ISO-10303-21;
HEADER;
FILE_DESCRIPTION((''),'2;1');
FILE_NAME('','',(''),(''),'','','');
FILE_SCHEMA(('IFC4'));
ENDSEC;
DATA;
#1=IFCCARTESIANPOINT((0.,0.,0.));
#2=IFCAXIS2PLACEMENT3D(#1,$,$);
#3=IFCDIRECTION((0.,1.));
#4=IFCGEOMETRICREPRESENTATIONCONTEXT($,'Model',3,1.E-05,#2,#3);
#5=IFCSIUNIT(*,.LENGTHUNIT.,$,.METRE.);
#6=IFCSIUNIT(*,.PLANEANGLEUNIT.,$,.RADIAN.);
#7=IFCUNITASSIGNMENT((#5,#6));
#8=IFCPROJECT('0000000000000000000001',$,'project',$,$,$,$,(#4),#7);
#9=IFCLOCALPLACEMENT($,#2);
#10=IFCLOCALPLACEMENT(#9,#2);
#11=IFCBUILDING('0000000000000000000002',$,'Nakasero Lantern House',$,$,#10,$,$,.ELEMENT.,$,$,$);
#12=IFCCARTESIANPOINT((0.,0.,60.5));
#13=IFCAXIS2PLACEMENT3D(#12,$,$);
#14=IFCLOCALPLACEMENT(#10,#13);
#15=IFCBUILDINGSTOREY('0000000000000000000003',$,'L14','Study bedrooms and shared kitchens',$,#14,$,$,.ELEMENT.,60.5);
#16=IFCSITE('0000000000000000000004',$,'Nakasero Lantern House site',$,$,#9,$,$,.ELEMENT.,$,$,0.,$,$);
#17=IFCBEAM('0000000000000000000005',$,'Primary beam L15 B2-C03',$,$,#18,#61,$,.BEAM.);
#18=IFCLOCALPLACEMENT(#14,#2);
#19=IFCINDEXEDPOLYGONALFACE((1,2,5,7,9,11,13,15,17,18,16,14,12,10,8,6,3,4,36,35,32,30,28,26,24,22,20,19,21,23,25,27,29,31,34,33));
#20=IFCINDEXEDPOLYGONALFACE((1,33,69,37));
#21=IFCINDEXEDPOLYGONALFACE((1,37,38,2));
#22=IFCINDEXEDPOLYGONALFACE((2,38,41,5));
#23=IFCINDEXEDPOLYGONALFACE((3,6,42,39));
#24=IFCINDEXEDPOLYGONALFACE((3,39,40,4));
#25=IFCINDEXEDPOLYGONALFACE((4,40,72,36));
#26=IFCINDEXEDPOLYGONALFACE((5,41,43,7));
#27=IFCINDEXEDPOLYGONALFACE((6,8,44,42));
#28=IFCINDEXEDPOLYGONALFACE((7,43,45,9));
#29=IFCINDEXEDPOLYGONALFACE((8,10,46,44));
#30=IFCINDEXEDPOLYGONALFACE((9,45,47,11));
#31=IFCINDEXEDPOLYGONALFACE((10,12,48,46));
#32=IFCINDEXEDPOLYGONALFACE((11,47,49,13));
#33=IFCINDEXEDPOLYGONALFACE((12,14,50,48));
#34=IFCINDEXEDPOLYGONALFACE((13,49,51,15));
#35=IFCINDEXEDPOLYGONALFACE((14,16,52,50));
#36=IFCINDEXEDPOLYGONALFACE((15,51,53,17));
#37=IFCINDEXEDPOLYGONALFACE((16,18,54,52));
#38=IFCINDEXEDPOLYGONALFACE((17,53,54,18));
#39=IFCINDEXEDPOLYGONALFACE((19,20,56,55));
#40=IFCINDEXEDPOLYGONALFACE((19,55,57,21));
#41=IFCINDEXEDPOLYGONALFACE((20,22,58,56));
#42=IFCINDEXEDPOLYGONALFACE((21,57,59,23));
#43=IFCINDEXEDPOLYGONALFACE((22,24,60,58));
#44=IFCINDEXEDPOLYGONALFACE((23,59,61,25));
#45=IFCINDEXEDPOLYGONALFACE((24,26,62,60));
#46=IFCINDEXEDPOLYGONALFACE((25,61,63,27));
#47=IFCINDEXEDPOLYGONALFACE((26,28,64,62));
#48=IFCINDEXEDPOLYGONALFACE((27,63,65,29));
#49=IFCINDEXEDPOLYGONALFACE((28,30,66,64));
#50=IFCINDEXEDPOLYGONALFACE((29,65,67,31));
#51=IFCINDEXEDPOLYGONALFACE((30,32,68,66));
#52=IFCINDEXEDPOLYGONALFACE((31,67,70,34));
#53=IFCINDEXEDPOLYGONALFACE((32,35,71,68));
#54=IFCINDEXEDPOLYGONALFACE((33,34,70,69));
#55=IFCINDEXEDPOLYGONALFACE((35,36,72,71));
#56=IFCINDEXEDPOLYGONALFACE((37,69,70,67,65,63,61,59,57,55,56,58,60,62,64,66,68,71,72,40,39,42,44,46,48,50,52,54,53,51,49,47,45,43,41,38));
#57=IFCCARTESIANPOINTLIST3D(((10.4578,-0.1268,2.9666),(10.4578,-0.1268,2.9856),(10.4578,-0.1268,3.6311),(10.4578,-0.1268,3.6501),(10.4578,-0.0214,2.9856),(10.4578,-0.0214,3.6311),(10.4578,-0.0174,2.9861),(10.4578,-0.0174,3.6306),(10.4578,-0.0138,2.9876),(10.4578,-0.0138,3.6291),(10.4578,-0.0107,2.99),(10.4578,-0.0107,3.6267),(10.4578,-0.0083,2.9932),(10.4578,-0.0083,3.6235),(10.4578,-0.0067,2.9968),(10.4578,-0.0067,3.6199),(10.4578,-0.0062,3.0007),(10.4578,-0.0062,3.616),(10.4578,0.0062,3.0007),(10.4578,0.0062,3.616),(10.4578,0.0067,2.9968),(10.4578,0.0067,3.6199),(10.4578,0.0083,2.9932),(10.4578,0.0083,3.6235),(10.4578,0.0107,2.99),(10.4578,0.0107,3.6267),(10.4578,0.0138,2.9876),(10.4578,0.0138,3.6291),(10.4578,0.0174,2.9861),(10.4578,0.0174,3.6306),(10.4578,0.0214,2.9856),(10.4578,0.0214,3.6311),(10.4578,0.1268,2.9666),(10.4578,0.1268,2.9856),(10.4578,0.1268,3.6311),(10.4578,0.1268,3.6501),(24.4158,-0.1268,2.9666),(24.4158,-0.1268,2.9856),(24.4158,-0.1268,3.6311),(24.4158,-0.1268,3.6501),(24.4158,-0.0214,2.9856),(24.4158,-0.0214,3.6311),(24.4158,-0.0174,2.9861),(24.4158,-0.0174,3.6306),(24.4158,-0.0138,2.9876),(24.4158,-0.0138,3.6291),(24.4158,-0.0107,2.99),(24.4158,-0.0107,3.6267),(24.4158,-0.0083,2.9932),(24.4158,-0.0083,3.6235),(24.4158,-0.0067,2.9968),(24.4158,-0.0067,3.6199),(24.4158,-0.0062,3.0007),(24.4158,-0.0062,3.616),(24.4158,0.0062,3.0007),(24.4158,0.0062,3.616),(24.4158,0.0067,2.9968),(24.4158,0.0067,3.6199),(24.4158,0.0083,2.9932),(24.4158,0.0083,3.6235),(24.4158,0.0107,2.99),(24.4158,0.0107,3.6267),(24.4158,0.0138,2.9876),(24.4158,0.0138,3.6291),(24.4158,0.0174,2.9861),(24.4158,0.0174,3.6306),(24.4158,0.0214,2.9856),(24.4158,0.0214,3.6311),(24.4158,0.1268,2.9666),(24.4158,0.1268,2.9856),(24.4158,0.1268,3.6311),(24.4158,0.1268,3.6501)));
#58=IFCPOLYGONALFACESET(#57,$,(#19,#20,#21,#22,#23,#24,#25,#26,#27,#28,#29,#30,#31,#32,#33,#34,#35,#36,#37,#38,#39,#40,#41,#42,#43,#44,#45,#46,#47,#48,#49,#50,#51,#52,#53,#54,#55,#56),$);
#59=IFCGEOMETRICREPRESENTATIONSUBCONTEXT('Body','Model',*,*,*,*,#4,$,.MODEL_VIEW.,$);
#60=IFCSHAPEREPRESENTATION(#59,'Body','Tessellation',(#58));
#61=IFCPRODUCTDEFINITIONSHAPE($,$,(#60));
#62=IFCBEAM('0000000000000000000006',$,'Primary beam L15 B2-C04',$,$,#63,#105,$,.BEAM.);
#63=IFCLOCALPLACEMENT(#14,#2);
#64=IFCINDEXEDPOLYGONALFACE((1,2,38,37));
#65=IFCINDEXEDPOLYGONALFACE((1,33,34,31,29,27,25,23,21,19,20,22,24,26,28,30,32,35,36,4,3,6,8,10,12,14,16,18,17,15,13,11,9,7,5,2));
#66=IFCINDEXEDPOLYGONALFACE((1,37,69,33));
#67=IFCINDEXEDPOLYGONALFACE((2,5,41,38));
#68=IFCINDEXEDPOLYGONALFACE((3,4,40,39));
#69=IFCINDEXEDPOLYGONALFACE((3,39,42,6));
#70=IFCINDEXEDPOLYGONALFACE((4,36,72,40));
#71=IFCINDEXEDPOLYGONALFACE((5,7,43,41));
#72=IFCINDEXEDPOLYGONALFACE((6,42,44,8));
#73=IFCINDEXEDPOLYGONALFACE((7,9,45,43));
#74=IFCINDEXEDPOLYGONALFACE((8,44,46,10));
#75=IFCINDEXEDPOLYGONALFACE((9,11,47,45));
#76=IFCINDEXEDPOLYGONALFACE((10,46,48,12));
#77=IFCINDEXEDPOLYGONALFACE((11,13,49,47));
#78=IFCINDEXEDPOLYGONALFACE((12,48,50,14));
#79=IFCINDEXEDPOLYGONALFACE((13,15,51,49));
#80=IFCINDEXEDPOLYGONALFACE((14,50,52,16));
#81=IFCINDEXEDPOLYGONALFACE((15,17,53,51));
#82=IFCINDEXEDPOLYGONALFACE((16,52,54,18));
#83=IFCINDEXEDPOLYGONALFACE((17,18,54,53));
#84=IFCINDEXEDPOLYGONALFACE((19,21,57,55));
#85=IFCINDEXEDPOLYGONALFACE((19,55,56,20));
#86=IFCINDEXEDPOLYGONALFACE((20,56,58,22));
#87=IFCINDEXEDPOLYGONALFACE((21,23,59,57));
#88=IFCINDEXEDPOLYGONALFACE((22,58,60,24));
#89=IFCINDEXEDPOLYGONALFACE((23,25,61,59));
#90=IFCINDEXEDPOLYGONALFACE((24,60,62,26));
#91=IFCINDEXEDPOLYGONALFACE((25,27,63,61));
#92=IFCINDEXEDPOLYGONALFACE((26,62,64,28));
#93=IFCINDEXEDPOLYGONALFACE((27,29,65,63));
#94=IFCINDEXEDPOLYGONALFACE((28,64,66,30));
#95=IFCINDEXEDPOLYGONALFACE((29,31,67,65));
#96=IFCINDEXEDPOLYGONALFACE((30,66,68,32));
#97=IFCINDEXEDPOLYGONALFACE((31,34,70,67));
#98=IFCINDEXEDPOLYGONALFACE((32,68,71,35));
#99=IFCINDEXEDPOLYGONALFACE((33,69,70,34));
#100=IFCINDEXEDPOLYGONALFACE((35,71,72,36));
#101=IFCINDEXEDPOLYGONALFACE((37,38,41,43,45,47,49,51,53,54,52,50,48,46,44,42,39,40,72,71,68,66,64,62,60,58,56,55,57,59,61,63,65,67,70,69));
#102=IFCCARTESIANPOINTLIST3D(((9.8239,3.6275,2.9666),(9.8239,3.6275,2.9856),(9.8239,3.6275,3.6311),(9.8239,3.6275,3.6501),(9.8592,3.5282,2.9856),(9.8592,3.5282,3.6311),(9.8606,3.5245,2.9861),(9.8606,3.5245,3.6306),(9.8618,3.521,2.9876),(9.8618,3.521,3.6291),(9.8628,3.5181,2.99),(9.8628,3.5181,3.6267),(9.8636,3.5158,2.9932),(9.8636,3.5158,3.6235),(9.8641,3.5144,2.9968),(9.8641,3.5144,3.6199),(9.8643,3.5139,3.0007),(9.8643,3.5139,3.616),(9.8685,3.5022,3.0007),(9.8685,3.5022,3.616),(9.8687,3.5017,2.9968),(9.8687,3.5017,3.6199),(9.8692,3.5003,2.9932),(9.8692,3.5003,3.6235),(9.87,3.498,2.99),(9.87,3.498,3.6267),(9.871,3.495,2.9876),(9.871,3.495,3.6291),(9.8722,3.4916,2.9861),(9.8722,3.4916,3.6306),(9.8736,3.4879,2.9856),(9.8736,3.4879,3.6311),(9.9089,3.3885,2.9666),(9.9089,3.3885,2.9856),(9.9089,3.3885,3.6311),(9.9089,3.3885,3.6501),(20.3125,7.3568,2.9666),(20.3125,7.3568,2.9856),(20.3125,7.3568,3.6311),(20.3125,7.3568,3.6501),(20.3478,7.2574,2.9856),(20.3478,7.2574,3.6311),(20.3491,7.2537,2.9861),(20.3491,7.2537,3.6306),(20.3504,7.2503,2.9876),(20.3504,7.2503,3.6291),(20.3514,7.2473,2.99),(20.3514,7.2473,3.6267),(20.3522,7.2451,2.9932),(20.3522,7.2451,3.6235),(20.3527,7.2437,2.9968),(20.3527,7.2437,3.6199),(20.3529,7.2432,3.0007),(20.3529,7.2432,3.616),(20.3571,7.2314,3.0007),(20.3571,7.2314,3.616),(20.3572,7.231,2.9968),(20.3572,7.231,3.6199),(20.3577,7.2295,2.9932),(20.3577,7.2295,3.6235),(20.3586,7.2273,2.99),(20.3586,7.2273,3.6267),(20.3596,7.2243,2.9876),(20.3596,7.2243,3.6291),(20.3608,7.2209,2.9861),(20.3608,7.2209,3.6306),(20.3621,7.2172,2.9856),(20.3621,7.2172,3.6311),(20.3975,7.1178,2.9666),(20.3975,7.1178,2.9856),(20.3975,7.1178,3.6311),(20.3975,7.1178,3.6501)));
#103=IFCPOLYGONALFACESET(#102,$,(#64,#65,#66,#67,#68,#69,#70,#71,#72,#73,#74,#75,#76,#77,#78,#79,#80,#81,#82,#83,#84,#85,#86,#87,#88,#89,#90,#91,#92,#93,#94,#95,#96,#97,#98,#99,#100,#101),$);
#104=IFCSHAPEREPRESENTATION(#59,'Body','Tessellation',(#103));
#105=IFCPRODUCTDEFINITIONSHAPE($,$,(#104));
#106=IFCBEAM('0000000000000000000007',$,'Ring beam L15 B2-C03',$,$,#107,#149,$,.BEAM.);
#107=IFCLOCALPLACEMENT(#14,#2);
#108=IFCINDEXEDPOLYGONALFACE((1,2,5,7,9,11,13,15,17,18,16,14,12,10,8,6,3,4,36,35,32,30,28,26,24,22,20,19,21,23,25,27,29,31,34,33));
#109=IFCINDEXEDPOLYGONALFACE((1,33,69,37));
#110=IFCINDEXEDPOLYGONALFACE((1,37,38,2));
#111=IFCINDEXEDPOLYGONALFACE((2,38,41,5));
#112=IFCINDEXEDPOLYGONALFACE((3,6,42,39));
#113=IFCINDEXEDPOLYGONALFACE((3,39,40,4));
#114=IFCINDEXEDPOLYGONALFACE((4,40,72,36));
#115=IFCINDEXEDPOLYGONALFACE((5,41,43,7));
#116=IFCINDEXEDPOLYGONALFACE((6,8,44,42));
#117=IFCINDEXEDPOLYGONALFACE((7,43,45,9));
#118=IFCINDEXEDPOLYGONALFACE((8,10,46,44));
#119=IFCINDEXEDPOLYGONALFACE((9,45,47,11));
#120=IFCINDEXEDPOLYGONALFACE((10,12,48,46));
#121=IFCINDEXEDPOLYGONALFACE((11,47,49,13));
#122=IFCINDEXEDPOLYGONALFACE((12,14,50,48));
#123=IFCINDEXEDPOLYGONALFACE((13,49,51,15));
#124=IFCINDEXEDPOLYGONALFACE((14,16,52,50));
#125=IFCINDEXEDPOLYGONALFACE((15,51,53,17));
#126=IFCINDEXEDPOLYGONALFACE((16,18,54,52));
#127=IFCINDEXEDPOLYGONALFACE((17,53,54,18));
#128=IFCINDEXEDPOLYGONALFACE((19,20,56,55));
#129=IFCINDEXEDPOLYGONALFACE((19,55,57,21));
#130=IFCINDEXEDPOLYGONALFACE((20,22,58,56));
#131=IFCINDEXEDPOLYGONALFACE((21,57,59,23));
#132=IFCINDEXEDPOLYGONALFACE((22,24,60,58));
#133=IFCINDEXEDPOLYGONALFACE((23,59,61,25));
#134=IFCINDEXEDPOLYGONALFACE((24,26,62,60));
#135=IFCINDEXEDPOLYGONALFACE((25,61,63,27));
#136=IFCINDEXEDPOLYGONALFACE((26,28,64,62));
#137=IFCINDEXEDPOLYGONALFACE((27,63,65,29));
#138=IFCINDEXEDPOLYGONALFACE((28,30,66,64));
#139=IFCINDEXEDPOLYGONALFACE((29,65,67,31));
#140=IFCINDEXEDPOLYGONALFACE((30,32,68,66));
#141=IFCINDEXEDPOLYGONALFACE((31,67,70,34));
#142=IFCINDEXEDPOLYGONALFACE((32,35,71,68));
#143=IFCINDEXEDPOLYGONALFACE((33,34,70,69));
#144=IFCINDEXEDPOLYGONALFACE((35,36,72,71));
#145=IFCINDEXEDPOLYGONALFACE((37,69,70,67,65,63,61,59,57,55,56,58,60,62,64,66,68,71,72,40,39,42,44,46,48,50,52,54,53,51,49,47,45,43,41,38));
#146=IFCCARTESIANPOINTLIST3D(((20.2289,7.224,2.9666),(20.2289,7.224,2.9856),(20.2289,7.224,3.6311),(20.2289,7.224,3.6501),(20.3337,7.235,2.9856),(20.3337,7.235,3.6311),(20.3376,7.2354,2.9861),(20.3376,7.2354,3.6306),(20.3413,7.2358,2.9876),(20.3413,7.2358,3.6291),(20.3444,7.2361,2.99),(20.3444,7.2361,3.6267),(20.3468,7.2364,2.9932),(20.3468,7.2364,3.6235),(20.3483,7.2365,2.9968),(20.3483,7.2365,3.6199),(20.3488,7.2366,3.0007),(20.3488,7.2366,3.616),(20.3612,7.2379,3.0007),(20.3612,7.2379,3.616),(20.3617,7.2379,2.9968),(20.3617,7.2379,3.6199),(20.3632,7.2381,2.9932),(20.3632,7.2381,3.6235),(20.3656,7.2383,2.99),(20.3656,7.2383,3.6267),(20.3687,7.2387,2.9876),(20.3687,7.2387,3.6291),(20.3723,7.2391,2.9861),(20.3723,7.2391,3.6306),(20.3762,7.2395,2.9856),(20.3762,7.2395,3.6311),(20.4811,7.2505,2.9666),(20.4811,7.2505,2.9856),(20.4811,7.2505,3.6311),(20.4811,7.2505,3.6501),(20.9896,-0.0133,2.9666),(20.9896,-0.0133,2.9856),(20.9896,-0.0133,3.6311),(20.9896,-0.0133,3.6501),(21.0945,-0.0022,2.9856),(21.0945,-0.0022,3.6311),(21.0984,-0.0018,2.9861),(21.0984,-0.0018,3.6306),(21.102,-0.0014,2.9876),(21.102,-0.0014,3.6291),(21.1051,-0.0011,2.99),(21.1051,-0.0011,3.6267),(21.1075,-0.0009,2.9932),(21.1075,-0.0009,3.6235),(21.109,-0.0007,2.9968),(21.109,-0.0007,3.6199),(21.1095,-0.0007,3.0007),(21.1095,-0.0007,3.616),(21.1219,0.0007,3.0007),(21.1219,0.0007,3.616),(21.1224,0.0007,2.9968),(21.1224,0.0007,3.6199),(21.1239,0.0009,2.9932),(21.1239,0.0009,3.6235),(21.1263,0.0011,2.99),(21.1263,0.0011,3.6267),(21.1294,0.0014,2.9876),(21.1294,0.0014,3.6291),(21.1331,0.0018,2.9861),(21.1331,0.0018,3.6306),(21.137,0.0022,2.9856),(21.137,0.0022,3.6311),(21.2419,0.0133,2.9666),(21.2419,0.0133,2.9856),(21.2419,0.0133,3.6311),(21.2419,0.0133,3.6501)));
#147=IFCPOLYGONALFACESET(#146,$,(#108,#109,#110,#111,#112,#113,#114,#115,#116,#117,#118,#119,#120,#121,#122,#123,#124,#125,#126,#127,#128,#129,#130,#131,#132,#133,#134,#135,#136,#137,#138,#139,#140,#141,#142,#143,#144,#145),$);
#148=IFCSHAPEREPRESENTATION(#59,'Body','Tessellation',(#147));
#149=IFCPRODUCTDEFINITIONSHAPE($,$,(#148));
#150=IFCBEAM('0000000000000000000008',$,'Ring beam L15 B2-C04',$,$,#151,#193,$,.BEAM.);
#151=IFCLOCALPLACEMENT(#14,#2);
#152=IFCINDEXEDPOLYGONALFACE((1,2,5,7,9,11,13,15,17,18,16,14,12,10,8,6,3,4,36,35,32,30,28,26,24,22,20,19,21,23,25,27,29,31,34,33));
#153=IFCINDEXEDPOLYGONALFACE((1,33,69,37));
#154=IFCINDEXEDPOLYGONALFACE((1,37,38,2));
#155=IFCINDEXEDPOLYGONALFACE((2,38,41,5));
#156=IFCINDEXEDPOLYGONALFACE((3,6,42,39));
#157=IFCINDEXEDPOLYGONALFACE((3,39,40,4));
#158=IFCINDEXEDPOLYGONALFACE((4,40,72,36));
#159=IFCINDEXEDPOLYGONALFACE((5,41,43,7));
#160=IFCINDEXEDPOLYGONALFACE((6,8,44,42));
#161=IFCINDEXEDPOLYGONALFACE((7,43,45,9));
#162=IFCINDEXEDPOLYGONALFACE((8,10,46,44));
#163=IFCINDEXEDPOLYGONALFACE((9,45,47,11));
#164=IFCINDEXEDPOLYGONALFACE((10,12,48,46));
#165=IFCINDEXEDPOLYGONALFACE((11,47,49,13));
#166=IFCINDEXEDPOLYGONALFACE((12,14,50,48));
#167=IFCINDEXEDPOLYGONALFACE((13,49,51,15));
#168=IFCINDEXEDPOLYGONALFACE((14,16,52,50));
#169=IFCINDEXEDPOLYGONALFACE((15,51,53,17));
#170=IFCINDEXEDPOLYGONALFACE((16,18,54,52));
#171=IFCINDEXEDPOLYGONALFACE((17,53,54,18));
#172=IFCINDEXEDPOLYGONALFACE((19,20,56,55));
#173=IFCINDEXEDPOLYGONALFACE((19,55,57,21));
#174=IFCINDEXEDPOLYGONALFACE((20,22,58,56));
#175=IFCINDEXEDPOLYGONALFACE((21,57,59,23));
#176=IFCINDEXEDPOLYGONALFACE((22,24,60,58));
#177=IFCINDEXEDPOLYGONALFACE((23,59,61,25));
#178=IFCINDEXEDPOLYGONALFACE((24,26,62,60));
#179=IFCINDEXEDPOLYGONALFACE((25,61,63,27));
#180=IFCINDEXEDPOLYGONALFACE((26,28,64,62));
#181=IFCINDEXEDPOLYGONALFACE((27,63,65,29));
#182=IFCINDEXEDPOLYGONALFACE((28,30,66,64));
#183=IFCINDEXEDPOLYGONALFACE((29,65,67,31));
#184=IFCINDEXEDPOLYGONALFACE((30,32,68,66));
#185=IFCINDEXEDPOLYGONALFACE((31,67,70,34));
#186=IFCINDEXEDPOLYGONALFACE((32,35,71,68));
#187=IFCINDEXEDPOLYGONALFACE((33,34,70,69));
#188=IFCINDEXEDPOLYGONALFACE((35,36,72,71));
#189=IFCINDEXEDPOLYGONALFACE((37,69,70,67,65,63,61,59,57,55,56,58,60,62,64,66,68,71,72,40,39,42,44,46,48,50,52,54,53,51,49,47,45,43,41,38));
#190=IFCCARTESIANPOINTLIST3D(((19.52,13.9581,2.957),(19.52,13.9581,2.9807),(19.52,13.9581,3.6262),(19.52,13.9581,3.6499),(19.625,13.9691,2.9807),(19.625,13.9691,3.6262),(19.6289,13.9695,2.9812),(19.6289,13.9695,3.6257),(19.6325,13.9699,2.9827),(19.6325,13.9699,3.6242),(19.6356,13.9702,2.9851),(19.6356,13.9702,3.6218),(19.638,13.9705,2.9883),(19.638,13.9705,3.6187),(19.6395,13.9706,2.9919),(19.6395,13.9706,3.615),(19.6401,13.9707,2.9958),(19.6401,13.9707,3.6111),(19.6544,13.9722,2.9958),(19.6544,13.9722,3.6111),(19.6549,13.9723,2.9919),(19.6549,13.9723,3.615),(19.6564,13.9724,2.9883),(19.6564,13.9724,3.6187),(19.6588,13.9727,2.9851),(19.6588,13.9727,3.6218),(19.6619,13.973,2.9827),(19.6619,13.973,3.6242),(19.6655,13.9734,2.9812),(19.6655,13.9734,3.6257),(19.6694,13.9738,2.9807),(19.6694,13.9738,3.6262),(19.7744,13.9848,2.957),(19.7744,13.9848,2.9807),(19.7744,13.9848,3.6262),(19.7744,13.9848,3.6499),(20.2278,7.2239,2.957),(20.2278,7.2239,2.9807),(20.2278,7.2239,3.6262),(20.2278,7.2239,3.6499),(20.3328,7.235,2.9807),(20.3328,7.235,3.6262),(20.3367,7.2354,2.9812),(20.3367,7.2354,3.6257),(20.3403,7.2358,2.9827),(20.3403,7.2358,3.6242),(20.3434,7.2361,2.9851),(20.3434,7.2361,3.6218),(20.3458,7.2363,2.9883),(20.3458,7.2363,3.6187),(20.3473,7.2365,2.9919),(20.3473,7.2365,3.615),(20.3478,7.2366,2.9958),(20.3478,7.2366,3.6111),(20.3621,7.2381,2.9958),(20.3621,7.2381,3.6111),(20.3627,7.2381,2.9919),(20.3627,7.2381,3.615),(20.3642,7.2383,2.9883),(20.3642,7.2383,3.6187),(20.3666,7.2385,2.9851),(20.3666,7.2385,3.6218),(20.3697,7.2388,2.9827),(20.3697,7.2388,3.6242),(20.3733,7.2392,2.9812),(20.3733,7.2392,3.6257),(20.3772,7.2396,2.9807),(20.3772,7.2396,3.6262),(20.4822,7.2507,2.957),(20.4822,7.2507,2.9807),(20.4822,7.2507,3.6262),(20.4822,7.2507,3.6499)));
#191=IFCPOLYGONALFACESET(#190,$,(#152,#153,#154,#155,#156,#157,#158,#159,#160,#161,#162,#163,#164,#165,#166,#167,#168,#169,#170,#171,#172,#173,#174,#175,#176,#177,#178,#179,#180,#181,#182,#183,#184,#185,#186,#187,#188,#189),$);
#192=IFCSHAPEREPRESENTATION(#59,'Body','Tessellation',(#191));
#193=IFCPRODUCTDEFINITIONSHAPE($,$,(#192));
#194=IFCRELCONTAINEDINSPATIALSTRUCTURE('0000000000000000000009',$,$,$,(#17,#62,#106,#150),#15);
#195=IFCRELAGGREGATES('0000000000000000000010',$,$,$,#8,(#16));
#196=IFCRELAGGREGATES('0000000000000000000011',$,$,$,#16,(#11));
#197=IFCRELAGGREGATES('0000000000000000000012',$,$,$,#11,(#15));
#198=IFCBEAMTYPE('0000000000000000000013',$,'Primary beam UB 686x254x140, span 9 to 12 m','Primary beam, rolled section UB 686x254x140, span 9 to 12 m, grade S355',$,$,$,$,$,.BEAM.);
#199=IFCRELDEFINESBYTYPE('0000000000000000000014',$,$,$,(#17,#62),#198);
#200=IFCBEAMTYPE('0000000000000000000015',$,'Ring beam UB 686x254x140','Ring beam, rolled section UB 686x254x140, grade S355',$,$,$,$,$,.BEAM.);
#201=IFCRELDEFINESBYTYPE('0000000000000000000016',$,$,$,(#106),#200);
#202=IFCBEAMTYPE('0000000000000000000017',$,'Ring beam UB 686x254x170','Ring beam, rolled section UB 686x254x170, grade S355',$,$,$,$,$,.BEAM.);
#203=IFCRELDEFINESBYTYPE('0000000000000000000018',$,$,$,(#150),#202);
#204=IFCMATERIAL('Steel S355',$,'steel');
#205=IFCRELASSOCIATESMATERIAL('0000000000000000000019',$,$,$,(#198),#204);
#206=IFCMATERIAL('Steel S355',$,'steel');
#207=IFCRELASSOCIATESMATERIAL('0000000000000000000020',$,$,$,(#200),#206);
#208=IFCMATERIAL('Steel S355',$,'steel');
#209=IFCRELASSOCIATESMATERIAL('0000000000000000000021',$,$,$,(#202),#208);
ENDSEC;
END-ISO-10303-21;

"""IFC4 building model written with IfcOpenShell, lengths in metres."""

from ifc_helpers import new_model, si_unit, direction, frame, origin, origin_2d, place, context, subcontext, project, spatial, i_section, extrude, material, material_profile, profile_set, type_object, element, save


model = new_model("IFC4")

# Units and contexts
model_context = context("Model", 3, precision=1e-05, world=origin(), true_north=direction((0.0, 1.0)))
body_context = subcontext(model_context, "Body", "Model", "MODEL_VIEW")
ifc_project = project(units=[si_unit("LENGTHUNIT", "METRE"), si_unit("PLANEANGLEUNIT", "RADIAN")], contexts=[model_context])

# Site, building, storey
site_placement = place(None, origin())
site = spatial("IfcSite", under=ifc_project, at=site_placement, Name="Nakasero Lantern House site", CompositionType="ELEMENT", RefElevation=0.0)
building_placement = place(site_placement, origin())
building = spatial("IfcBuilding", under=site, at=building_placement, Name="Nakasero Lantern House", CompositionType="ELEMENT")
storey_placement = place(building_placement, frame((0.0, 0.0, 60.5)))
storey = spatial("IfcBuildingStorey", under=building, at=storey_placement, Name="L14", Description="Study bedrooms and shared kitchens", CompositionType="ELEMENT", Elevation=60.5)

# Beams
ifc_material_1 = material(Name="Steel S355", Category="steel")
ifc_material_profile_1 = material_profile(ifc_material_1, i_section(OverallWidth=0.2537, OverallDepth=0.6836, WebThickness=0.0125, FlangeThickness=0.019, FilletRadius=0.0151, at=origin_2d()), Name="UB 686x254x140")
ifc_profile_set_1 = profile_set([ifc_material_profile_1], Name="Steel S355")
beam_type_1 = type_object("IfcBeamType", Name="Primary beam UB 686x254x140, span 9 to 12 m", Description="Primary beam, rolled section UB 686x254x140, span 9 to 12 m, grade S355", PredefinedType="BEAM", material=ifc_profile_set_1)
beam_1_placement = place(storey_placement, frame((24.4158, 0.0, 3.3083), z_axis=(-1.0, 0.0, 0.0), x_axis=(0.0, -1.0, 0.0)))
element("IfcBeam", 1, at=beam_1_placement, inside=storey, type_object=beam_type_1, Name="Primary beam L15 B2-C03", PredefinedType="BEAM", context=body_context, shape_type="SweptSolid", body=[
    extrude(i_section(OverallWidth=0.2537, OverallDepth=0.6836, WebThickness=0.0125, FlangeThickness=0.019, FilletRadius=0.0151, at=origin_2d()), origin(), (0.0, 0.0, 1.0), 13.958),
])
beam_2_placement = place(storey_placement, frame((20.355, 7.2373, 3.3083), z_axis=(-0.942215, -0.335009, 0.0), x_axis=(0.335009, -0.942215, 0.0)))
element("IfcBeam", 2, at=beam_2_placement, inside=storey, type_object=beam_type_1, Name="Primary beam L15 B2-C04", PredefinedType="BEAM", context=body_context, shape_type="SweptSolid", body=[
    extrude(i_section(OverallWidth=0.2537, OverallDepth=0.6836, WebThickness=0.0125, FlangeThickness=0.019, FilletRadius=0.0151, at=origin_2d()), origin(), (0.0, 0.0, 1.0), 11.1318),
])
ifc_material_2 = material(Name="Steel S355", Category="steel")
ifc_material_profile_2 = material_profile(ifc_material_2, i_section(OverallWidth=0.2537, OverallDepth=0.6836, WebThickness=0.0125, FlangeThickness=0.019, FilletRadius=0.0151, at=origin_2d()), Name="UB 686x254x140")
ifc_profile_set_2 = profile_set([ifc_material_profile_2], Name="Steel S355")
beam_type_2 = type_object("IfcBeamType", Name="Ring beam UB 686x254x140", Description="Ring beam, rolled section UB 686x254x140, grade S355", PredefinedType="BEAM", material=ifc_profile_set_2)
beam_3_placement = place(storey_placement, frame((21.1157, 0.0, 3.3083), z_axis=(-0.104538, 0.994521, 0.0), x_axis=(-0.994521, -0.104538, 0.0)))
element("IfcBeam", 3, at=beam_3_placement, inside=storey, type_object=beam_type_2, Name="Ring beam L15 B2-C03", PredefinedType="BEAM", context=body_context, shape_type="SweptSolid", body=[
    extrude(i_section(OverallWidth=0.2537, OverallDepth=0.6836, WebThickness=0.0125, FlangeThickness=0.019, FilletRadius=0.0151, at=origin_2d()), origin(), (0.0, 0.0, 1.0), 7.2771),
])
ifc_material_3 = material(Name="Steel S355", Category="steel")
ifc_material_profile_3 = material_profile(ifc_material_3, i_section(OverallWidth=0.2559, OverallDepth=0.6929, WebThickness=0.0144, FlangeThickness=0.0237, FilletRadius=0.0151, at=origin_2d()), Name="UB 686x254x170")
ifc_profile_set_3 = profile_set([ifc_material_profile_3], Name="Steel S355")
beam_type_3 = type_object("IfcBeamType", Name="Ring beam UB 686x254x170", Description="Ring beam, rolled section UB 686x254x170, grade S355", PredefinedType="BEAM", material=ifc_profile_set_3)
beam_4_placement = place(storey_placement, frame((20.355, 7.2373, 3.3035), z_axis=(-0.104525, 0.994522, 0.0), x_axis=(-0.994522, -0.104525, 0.0)))
element("IfcBeam", 4, at=beam_4_placement, inside=storey, type_object=beam_type_3, Name="Ring beam L15 B2-C04", PredefinedType="BEAM", context=body_context, shape_type="SweptSolid", body=[
    extrude(i_section(OverallWidth=0.2559, OverallDepth=0.6929, WebThickness=0.0144, FlangeThickness=0.0237, FilletRadius=0.0151, at=origin_2d()), origin(), (0.0, 0.0, 1.0), 6.7712),
])

save(model, "model.ifc")
